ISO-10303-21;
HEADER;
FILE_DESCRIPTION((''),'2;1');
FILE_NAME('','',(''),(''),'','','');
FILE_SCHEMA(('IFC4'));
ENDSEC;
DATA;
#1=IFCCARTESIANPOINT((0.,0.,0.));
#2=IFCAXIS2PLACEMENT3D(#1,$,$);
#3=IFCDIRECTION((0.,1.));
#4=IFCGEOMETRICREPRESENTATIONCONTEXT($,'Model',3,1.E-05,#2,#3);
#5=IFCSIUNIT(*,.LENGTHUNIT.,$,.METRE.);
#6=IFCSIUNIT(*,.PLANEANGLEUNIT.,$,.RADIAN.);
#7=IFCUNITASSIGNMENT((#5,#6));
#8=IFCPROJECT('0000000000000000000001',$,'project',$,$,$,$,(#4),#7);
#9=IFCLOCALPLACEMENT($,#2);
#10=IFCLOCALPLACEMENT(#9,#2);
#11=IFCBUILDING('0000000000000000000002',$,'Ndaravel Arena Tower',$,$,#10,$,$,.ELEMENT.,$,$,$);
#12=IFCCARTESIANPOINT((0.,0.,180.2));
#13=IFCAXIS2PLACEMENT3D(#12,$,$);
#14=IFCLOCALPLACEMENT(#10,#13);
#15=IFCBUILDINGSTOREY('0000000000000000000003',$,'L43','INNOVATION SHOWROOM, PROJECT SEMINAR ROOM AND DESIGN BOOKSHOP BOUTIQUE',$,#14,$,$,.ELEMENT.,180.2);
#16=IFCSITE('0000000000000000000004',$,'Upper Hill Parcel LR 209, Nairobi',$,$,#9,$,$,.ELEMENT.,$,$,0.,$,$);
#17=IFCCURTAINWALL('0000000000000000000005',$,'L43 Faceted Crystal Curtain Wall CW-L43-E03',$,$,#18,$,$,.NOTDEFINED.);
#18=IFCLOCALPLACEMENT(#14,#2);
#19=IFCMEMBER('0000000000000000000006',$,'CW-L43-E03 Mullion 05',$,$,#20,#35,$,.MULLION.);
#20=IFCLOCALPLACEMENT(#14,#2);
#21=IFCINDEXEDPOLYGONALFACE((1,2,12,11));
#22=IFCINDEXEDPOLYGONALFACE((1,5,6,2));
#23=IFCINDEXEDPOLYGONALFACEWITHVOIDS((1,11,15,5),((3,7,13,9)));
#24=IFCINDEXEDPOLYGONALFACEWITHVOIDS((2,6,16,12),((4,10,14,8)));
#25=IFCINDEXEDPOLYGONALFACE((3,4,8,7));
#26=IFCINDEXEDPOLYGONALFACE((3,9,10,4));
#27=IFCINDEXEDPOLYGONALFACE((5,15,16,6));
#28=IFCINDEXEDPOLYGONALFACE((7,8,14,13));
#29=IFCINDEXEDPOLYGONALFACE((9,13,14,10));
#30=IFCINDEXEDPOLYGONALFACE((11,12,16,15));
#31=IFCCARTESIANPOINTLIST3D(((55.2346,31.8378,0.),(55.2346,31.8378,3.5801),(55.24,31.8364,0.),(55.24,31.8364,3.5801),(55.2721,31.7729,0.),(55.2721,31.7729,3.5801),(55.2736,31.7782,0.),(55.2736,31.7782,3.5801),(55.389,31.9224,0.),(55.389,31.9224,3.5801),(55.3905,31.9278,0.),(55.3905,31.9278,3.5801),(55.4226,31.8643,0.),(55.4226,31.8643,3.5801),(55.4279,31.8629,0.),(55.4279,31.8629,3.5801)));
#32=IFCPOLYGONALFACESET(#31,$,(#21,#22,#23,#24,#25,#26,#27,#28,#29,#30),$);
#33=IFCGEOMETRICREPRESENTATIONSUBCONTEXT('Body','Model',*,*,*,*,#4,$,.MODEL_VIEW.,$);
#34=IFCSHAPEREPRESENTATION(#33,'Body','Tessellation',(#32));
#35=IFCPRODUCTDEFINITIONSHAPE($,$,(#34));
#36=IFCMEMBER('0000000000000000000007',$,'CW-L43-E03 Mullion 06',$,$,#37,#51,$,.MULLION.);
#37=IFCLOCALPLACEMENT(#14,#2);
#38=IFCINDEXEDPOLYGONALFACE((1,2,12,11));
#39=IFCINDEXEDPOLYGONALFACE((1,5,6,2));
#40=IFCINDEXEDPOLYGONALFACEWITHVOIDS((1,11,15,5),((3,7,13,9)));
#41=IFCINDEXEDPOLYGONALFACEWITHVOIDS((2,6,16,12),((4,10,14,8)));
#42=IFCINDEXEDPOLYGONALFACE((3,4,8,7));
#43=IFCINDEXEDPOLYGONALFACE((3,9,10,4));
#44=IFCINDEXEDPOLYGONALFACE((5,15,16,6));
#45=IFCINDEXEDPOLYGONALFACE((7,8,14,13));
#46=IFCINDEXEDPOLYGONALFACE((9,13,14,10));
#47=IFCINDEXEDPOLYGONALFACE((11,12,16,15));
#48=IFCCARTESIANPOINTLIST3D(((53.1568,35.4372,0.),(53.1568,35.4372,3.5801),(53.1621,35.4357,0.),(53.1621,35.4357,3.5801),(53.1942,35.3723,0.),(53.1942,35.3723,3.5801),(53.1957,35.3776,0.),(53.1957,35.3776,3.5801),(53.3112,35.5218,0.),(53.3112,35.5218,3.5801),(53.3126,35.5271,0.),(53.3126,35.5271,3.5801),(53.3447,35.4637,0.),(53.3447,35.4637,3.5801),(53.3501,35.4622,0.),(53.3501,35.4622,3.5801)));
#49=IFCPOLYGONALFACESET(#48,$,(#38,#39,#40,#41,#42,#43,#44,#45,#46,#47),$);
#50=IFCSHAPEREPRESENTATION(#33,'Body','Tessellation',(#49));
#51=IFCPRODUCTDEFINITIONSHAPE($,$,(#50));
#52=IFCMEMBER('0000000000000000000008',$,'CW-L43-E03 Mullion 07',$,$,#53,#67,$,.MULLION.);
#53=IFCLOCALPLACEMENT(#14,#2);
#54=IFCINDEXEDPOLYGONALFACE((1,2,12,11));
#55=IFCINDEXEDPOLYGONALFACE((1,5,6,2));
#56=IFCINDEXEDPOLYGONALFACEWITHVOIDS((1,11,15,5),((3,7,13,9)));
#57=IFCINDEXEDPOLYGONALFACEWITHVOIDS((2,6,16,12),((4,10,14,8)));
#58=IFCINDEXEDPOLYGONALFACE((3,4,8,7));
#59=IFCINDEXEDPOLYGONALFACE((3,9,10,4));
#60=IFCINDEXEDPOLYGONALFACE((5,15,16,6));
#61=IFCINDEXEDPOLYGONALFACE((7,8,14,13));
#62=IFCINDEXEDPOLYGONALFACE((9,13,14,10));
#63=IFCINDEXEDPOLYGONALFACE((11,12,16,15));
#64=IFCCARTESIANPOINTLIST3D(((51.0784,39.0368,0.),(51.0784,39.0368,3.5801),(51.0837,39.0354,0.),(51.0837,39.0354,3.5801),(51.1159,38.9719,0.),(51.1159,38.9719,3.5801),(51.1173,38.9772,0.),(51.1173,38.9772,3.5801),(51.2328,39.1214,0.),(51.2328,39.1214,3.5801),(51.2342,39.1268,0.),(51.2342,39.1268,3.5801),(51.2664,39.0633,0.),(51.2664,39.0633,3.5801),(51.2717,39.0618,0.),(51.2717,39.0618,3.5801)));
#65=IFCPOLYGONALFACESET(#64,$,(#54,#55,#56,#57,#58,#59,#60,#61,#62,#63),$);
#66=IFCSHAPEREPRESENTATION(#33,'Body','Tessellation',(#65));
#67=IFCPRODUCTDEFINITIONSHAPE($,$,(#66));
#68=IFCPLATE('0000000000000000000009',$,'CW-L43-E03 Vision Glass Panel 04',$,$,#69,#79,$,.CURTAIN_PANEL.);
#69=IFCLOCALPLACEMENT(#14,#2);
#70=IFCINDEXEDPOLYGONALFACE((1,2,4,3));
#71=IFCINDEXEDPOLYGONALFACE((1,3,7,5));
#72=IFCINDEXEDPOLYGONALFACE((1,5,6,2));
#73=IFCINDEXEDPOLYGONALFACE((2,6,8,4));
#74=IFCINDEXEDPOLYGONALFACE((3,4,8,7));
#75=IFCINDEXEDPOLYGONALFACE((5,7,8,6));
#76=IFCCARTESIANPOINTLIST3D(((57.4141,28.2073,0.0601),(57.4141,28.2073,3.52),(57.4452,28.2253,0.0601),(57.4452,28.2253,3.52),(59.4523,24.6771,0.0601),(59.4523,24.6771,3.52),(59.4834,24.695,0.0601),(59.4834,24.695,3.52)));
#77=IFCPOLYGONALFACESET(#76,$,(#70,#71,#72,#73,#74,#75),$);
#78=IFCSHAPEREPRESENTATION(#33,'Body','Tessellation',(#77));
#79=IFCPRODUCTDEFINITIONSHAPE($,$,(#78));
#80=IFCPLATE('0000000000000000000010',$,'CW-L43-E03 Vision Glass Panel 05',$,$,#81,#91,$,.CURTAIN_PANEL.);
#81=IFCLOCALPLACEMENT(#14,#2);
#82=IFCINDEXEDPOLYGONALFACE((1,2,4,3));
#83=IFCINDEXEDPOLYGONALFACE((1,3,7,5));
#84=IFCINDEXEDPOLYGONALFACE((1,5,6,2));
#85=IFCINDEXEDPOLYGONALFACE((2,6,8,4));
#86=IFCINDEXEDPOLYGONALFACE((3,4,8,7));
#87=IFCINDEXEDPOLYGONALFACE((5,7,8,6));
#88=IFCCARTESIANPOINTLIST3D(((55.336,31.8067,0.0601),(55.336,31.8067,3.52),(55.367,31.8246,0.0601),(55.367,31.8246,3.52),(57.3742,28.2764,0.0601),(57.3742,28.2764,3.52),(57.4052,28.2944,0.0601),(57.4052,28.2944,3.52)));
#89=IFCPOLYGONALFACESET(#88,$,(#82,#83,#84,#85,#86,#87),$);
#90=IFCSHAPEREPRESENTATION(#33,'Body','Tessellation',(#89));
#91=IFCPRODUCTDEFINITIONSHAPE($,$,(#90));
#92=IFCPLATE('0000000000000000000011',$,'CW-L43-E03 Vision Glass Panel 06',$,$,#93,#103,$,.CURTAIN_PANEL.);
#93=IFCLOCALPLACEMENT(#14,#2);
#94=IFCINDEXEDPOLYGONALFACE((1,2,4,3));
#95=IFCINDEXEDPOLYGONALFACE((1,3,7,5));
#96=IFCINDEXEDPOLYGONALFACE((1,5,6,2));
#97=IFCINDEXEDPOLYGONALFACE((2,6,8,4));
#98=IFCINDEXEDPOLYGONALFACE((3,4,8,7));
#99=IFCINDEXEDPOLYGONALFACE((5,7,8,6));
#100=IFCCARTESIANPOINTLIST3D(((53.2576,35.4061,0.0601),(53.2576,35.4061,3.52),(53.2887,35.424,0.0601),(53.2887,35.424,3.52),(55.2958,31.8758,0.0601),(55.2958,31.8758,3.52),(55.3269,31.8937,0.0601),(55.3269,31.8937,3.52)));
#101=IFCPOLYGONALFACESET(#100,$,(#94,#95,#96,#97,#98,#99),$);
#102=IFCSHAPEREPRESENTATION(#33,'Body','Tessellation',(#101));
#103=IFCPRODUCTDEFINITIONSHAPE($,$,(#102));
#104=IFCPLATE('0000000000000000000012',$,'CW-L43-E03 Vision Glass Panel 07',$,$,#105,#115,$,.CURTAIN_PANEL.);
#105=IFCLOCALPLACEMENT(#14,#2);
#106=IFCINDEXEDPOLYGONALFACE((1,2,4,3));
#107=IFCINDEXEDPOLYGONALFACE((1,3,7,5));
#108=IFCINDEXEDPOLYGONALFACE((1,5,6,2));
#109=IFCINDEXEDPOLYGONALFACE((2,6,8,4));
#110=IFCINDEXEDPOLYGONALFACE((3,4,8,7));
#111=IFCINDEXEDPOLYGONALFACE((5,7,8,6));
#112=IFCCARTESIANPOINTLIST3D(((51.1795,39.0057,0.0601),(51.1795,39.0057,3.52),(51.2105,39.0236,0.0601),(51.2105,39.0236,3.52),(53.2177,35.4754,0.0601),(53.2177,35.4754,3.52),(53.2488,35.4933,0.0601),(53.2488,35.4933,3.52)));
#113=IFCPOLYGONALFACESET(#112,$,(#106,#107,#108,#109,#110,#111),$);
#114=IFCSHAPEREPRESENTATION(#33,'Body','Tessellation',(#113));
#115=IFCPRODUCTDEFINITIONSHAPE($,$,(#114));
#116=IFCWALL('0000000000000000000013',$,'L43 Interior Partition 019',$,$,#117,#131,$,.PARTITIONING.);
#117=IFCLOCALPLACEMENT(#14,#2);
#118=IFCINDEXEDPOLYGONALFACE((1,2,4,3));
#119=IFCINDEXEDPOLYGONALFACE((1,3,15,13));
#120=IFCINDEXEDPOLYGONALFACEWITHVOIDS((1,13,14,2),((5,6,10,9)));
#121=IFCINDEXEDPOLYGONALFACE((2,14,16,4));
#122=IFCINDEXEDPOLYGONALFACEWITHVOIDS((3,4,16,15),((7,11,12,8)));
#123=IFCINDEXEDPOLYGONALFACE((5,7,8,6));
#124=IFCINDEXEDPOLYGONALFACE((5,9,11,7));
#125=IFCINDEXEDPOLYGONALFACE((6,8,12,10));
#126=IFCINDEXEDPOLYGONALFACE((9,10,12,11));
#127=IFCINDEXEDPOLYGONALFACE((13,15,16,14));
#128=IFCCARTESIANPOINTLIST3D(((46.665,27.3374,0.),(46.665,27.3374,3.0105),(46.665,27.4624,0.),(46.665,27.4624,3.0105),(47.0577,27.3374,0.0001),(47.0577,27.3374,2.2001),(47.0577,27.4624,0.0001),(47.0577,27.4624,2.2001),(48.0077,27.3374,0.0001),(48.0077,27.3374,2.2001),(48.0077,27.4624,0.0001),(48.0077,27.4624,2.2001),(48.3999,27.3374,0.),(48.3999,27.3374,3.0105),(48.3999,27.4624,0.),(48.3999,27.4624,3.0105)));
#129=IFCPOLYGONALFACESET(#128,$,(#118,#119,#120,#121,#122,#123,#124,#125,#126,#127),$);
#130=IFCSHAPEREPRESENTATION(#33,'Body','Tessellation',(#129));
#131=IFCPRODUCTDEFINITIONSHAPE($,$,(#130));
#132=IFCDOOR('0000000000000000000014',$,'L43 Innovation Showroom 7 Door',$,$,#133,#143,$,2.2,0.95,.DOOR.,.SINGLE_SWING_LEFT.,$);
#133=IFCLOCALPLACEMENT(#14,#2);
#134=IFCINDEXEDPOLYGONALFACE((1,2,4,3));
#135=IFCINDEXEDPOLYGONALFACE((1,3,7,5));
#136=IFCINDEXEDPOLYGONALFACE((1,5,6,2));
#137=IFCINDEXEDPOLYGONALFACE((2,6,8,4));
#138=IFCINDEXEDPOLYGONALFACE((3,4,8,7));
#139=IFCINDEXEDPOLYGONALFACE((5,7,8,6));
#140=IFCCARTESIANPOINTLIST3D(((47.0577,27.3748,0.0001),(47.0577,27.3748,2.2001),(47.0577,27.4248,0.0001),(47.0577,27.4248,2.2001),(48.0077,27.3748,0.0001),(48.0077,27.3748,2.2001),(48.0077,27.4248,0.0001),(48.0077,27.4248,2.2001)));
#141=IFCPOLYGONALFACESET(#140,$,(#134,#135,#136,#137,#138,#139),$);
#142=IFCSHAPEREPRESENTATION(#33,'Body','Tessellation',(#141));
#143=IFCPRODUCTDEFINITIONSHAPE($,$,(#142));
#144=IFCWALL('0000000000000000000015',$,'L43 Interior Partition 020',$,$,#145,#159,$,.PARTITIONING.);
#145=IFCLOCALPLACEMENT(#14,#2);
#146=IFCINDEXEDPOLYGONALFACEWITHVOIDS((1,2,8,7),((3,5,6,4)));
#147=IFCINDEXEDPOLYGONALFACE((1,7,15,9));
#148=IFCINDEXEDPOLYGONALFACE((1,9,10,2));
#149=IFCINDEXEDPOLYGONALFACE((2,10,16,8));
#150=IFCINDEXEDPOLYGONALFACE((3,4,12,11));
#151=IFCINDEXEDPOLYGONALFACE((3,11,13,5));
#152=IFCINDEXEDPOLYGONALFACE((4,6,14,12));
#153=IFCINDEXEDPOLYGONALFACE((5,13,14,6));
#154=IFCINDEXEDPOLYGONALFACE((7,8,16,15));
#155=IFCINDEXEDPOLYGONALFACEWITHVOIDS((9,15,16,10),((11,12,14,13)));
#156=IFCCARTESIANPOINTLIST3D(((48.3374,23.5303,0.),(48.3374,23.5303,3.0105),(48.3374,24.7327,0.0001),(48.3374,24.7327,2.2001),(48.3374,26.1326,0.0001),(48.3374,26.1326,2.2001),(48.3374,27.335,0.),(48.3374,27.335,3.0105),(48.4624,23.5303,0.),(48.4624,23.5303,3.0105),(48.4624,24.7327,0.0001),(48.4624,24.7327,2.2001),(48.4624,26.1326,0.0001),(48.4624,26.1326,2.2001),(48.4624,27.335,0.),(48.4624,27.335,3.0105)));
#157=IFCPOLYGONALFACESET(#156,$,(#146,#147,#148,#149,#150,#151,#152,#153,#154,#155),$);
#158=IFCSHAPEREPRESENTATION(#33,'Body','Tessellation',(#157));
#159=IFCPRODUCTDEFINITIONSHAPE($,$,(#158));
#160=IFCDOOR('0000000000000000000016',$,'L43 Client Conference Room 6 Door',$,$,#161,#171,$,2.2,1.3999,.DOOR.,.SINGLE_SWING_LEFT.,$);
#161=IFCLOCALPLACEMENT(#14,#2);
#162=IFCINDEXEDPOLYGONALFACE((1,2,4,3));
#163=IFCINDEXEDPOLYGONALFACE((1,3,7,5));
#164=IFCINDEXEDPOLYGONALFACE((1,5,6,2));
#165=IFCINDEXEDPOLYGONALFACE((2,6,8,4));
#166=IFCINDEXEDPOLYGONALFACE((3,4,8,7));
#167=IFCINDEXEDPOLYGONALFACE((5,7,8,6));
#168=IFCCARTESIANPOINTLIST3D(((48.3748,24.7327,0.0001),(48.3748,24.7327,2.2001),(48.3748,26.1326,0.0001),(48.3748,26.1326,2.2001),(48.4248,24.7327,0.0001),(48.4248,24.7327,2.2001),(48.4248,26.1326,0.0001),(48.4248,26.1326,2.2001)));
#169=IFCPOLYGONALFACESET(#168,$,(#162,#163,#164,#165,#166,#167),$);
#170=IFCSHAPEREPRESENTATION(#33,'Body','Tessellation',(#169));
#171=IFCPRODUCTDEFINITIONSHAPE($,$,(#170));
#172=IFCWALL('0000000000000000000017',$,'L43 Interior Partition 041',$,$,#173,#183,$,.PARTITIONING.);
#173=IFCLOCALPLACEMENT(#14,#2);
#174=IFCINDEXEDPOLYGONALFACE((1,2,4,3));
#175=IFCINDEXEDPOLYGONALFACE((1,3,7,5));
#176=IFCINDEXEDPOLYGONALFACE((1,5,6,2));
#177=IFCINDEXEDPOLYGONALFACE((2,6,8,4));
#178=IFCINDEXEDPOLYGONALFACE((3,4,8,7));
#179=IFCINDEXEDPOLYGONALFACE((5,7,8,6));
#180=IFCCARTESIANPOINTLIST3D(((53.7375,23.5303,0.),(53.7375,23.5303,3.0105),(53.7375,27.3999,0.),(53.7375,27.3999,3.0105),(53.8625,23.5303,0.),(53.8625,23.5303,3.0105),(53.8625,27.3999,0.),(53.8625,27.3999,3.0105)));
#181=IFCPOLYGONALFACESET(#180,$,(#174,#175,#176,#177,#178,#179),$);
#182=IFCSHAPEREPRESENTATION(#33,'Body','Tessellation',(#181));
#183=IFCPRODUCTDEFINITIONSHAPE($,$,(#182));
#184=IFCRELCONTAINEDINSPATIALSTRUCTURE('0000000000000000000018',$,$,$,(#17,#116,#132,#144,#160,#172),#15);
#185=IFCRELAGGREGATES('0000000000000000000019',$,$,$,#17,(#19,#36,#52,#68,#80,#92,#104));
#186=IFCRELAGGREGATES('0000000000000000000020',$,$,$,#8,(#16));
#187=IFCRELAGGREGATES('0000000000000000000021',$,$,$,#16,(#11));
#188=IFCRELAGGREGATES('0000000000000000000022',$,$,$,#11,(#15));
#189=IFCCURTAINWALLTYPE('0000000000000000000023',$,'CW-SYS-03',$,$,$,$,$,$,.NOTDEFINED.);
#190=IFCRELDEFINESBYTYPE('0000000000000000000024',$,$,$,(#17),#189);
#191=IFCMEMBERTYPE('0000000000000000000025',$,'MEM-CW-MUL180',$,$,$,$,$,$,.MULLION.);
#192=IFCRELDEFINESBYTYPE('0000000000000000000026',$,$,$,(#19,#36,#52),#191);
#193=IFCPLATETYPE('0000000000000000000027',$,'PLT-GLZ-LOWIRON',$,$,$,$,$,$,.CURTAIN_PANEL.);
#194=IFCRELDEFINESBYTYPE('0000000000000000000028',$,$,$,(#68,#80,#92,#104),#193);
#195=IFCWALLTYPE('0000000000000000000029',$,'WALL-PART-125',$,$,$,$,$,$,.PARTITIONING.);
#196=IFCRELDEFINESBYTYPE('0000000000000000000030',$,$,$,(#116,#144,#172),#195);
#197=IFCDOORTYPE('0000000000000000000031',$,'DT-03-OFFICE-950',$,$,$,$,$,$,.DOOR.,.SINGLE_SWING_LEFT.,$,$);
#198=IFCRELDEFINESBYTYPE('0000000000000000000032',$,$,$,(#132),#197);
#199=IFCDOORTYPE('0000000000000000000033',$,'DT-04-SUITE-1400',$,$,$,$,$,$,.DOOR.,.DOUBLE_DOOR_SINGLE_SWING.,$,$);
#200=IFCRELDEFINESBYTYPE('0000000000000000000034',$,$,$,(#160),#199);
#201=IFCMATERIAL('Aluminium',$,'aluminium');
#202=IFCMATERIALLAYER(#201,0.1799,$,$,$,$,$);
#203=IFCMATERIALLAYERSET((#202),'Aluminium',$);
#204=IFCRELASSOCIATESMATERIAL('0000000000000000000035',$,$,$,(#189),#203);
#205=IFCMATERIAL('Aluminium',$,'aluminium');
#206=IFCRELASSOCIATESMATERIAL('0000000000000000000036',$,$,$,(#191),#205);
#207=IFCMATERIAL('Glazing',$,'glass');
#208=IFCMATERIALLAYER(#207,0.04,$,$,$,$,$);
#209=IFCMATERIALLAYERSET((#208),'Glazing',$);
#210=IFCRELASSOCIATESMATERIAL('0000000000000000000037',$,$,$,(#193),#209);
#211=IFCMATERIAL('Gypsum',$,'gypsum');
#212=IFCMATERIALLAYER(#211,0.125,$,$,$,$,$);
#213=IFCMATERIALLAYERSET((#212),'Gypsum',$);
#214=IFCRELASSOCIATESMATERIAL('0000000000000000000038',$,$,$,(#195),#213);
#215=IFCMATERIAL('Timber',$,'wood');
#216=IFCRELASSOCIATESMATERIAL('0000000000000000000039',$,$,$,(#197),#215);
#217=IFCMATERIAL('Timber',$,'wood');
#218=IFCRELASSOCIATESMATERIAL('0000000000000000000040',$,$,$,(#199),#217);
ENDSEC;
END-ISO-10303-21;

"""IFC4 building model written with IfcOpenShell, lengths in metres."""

from ifc_helpers import new_model, si_unit, direction, frame, frame_2d, origin, origin_2d, place, context, subcontext, project, spatial, rectangle, hollow_rectangle, extrude, material, layer, layer_set, material_profile, profile_set, type_object, element, fill, aggregate, save


model = new_model("IFC4")

# Units and contexts
model_context = context("Model", 3, precision=1e-05, world=origin(), true_north=direction((0.0, 1.0)))
body_context = subcontext(model_context, "Body", "Model", "MODEL_VIEW")
ifc_project = project(units=[si_unit("LENGTHUNIT", "METRE"), si_unit("PLANEANGLEUNIT", "RADIAN")], contexts=[model_context])

# Site, building, storey
site_placement = place(None, origin())
site = spatial("IfcSite", under=ifc_project, at=site_placement, Name="Upper Hill Parcel LR 209, Nairobi", CompositionType="ELEMENT", RefElevation=0.0)
building_placement = place(site_placement, origin())
building = spatial("IfcBuilding", under=site, at=building_placement, Name="Ndaravel Arena Tower", CompositionType="ELEMENT")
storey_placement = place(building_placement, frame((0.0, 0.0, 180.2)))
storey = spatial("IfcBuildingStorey", under=building, at=storey_placement, Name="L43", Description="INNOVATION SHOWROOM, PROJECT SEMINAR ROOM AND DESIGN BOOKSHOP BOUTIQUE", CompositionType="ELEMENT", Elevation=180.2)

# Curtain wall, members, plates
ifc_material_1 = material(Name="Aluminium", Category="aluminium")
ifc_layer_1 = layer(ifc_material_1, 0.1799)
ifc_layer_set_1 = layer_set([ifc_layer_1], Name="Aluminium")
curtain_wall_type = type_object("IfcCurtainWallType", Name="CW-SYS-03", PredefinedType="NOTDEFINED", material=ifc_layer_set_1)
curtain_wall_placement = place(storey_placement, origin())
curtain_wall = element("IfcCurtainWall", 1, at=curtain_wall_placement, inside=storey, type_object=curtain_wall_type, Name="L43 Faceted Crystal Curtain Wall CW-L43-E03", PredefinedType="NOTDEFINED")
ifc_material_2 = material(Name="Aluminium", Category="aluminium")
ifc_material_profile_1 = material_profile(ifc_material_2, hollow_rectangle(XDim=0.075, YDim=0.1799, WallThickness=0.0039, at=origin_2d()), Name="CW MULLION 75x180x4")
ifc_profile_set_1 = profile_set([ifc_material_profile_1], Name="Aluminium")
member_type = type_object("IfcMemberType", Name="MEM-CW-MUL180", PredefinedType="MULLION", material=ifc_profile_set_1)
member_1_placement = place(storey_placement, frame((55.3313, 31.8503, 0.0), z_axis=(0.0, 0.0, 1.0), x_axis=(-0.5, 0.866025, 0.0)))
member_1 = element("IfcMember", 2, at=member_1_placement, type_object=member_type, Name="CW-L43-E03 Mullion 05", PredefinedType="MULLION", context=body_context, shape_type="SweptSolid", body=[
    extrude(hollow_rectangle(XDim=0.075, YDim=0.1799, WallThickness=0.0039, at=origin_2d()), origin(), (0.0, 0.0, 1.0), 3.5801),
])
member_2_placement = place(storey_placement, frame((53.2534, 35.4497, 0.0), z_axis=(0.0, 0.0, 1.0), x_axis=(-0.5, 0.866025, 0.0)))
member_2 = element("IfcMember", 3, at=member_2_placement, type_object=member_type, Name="CW-L43-E03 Mullion 06", PredefinedType="MULLION", context=body_context, shape_type="SweptSolid", body=[
    extrude(hollow_rectangle(XDim=0.075, YDim=0.1799, WallThickness=0.0039, at=origin_2d()), origin(), (0.0, 0.0, 1.0), 3.5801),
])
member_3_placement = place(storey_placement, frame((51.175, 39.0493, 0.0), z_axis=(0.0, 0.0, 1.0), x_axis=(-0.5, 0.866025, 0.0)))
member_3 = element("IfcMember", 4, at=member_3_placement, type_object=member_type, Name="CW-L43-E03 Mullion 07", PredefinedType="MULLION", context=body_context, shape_type="SweptSolid", body=[
    extrude(hollow_rectangle(XDim=0.075, YDim=0.1799, WallThickness=0.0039, at=origin_2d()), origin(), (0.0, 0.0, 1.0), 3.5801),
])
ifc_material_3 = material(Name="Glazing", Category="glass")
ifc_layer_2 = layer(ifc_material_3, 0.04)
ifc_layer_set_2 = layer_set([ifc_layer_2], Name="Glazing")
plate_type = type_object("IfcPlateType", Name="PLT-GLZ-LOWIRON", PredefinedType="CURTAIN_PANEL", material=ifc_layer_set_2)
plate_1_placement = place(storey_placement, frame((58.4487, 26.4512, 0.0601), z_axis=(0.0, 0.0, 1.0), x_axis=(-0.5, 0.866025, 0.0)))
plate_1 = element("IfcPlate", 5, at=plate_1_placement, type_object=plate_type, Name="CW-L43-E03 Vision Glass Panel 04", PredefinedType="CURTAIN_PANEL", context=body_context, shape_type="SweptSolid", body=[
    extrude(rectangle(XDim=4.0764, YDim=0.0359, at=origin_2d()), origin(), (0.0, 0.0, 1.0), 3.46),
])
plate_2_placement = place(storey_placement, frame((56.3706, 30.0505, 0.0601), z_axis=(0.0, 0.0, 1.0), x_axis=(-0.5, 0.866025, 0.0)))
plate_2 = element("IfcPlate", 6, at=plate_2_placement, type_object=plate_type, Name="CW-L43-E03 Vision Glass Panel 05", PredefinedType="CURTAIN_PANEL", context=body_context, shape_type="SweptSolid", body=[
    extrude(rectangle(XDim=4.0764, YDim=0.0359, at=origin_2d()), origin(), (0.0, 0.0, 1.0), 3.46),
])
plate_3_placement = place(storey_placement, frame((54.2922, 33.6499, 0.0601), z_axis=(0.0, 0.0, 1.0), x_axis=(-0.5, 0.866025, 0.0)))
plate_3 = element("IfcPlate", 7, at=plate_3_placement, type_object=plate_type, Name="CW-L43-E03 Vision Glass Panel 06", PredefinedType="CURTAIN_PANEL", context=body_context, shape_type="SweptSolid", body=[
    extrude(rectangle(XDim=4.0764, YDim=0.0359, at=origin_2d()), origin(), (0.0, 0.0, 1.0), 3.46),
])
plate_4_placement = place(storey_placement, frame((52.2141, 37.2495, 0.0601), z_axis=(0.0, 0.0, 1.0), x_axis=(-0.5, 0.866025, 0.0)))
plate_4 = element("IfcPlate", 8, at=plate_4_placement, type_object=plate_type, Name="CW-L43-E03 Vision Glass Panel 07", PredefinedType="CURTAIN_PANEL", context=body_context, shape_type="SweptSolid", body=[
    extrude(rectangle(XDim=4.0764, YDim=0.0359, at=origin_2d()), origin(), (0.0, 0.0, 1.0), 3.46),
])
aggregate(curtain_wall, [member_1, member_2, member_3, plate_1, plate_2, plate_3, plate_4])

# Walls, openings, doors
ifc_material_4 = material(Name="Gypsum", Category="gypsum")
ifc_layer_3 = layer(ifc_material_4, 0.125)
ifc_layer_set_3 = layer_set([ifc_layer_3], Name="Gypsum")
wall_type_1 = type_object("IfcWallType", Name="WALL-PART-125", PredefinedType="PARTITIONING", material=ifc_layer_set_3)
wall_1_placement = place(storey_placement, frame((46.665, 27.3999, 0.0), z_axis=(0.0, 0.0, 1.0), x_axis=(1.0, 0.0, 0.0)))
wall_1 = element("IfcWall", 9, at=wall_1_placement, inside=storey, type_object=wall_type_1, Name="L43 Interior Partition 019", PredefinedType="PARTITIONING", context=body_context, shape_type="SweptSolid", body=[
    extrude(rectangle(XDim=1.7349, YDim=0.125, at=frame_2d((0.8674, 0.0))), origin(), (0.0, 0.0, 1.0), 3.0105),
])
opening_1_placement = place(wall_1_placement, frame((0.3926, 0.0, 0.0)))
opening_1 = element("IfcOpeningElement", 10, at=opening_1_placement, cuts=wall_1, PredefinedType="OPENING", context=body_context, shape_type="SweptSolid", body=[
    extrude(rectangle(XDim=0.95, YDim=2.2, at=frame_2d((0.4751, 1.1001))), frame((0.0, 0.0625, 0.0), z_axis=(0.0, -1.0, 0.0), x_axis=(1.0, 0.0, 0.0)), (0.0, 0.0, 1.0), 0.125),
])
ifc_material_5 = material(Name="Timber", Category="wood")
door_type_1 = type_object("IfcDoorType", Name="DT-03-OFFICE-950", OperationType="SINGLE_SWING_LEFT", PredefinedType="DOOR", material=ifc_material_5)
door_1_placement = place(opening_1_placement, origin())
door_1 = element("IfcDoor", 11, at=door_1_placement, inside=storey, type_object=door_type_1, Name="L43 Innovation Showroom 7 Door", OperationType="SINGLE_SWING_LEFT", OverallHeight=2.2, OverallWidth=0.95, PredefinedType="DOOR", context=body_context, shape_type="SweptSolid", body=[
    extrude(rectangle(XDim=0.95, YDim=2.2, at=frame_2d((0.4751, 1.1001))), frame((0.0, 0.0249, 0.0), z_axis=(0.0, -1.0, 0.0), x_axis=(1.0, 0.0, 0.0)), (0.0, 0.0, 1.0), 0.05),
])
fill(opening_1, door_1)
wall_2_placement = place(storey_placement, frame((48.3999, 27.335, 0.0), z_axis=(0.0, 0.0, 1.0), x_axis=(0.0, -1.0, 0.0)))
wall_2 = element("IfcWall", 12, at=wall_2_placement, inside=storey, type_object=wall_type_1, Name="L43 Interior Partition 020", PredefinedType="PARTITIONING", context=body_context, shape_type="SweptSolid", body=[
    extrude(rectangle(XDim=3.8047, YDim=0.125, at=frame_2d((1.9023, 0.0))), origin(), (0.0, 0.0, 1.0), 3.0105),
])
opening_2_placement = place(wall_2_placement, frame((1.2024, 0.0, 0.0)))
opening_2 = element("IfcOpeningElement", 13, at=opening_2_placement, cuts=wall_2, PredefinedType="OPENING", context=body_context, shape_type="SweptSolid", body=[
    extrude(rectangle(XDim=1.3999, YDim=2.2, at=frame_2d((0.7, 1.1001))), frame((0.0, 0.0625, 0.0), z_axis=(0.0, -1.0, 0.0), x_axis=(1.0, 0.0, 0.0)), (0.0, 0.0, 1.0), 0.125),
])
ifc_material_6 = material(Name="Timber", Category="wood")
door_type_2 = type_object("IfcDoorType", Name="DT-04-SUITE-1400", OperationType="DOUBLE_DOOR_SINGLE_SWING", PredefinedType="DOOR", material=ifc_material_6)
door_2_placement = place(opening_2_placement, origin())
door_2 = element("IfcDoor", 14, at=door_2_placement, inside=storey, type_object=door_type_2, Name="L43 Client Conference Room 6 Door", OperationType="SINGLE_SWING_LEFT", OverallHeight=2.2, OverallWidth=1.3999, PredefinedType="DOOR", context=body_context, shape_type="SweptSolid", body=[
    extrude(rectangle(XDim=1.3999, YDim=2.2, at=frame_2d((0.7, 1.1001))), frame((0.0, 0.0249, 0.0), z_axis=(0.0, -1.0, 0.0), x_axis=(1.0, 0.0, 0.0)), (0.0, 0.0, 1.0), 0.05),
])
fill(opening_2, door_2)

# Wall
wall_3_placement = place(storey_placement, frame((53.8, 23.5303, 0.0), z_axis=(0.0, 0.0, 1.0), x_axis=(0.0, 1.0, 0.0)))
element("IfcWall", 15, at=wall_3_placement, inside=storey, type_object=wall_type_1, Name="L43 Interior Partition 041", PredefinedType="PARTITIONING", context=body_context, shape_type="SweptSolid", body=[
    extrude(rectangle(XDim=3.8696, YDim=0.125, at=frame_2d((1.9348, 0.0))), origin(), (0.0, 0.0, 1.0), 3.0105),
])

save(model, "model.ifc")
